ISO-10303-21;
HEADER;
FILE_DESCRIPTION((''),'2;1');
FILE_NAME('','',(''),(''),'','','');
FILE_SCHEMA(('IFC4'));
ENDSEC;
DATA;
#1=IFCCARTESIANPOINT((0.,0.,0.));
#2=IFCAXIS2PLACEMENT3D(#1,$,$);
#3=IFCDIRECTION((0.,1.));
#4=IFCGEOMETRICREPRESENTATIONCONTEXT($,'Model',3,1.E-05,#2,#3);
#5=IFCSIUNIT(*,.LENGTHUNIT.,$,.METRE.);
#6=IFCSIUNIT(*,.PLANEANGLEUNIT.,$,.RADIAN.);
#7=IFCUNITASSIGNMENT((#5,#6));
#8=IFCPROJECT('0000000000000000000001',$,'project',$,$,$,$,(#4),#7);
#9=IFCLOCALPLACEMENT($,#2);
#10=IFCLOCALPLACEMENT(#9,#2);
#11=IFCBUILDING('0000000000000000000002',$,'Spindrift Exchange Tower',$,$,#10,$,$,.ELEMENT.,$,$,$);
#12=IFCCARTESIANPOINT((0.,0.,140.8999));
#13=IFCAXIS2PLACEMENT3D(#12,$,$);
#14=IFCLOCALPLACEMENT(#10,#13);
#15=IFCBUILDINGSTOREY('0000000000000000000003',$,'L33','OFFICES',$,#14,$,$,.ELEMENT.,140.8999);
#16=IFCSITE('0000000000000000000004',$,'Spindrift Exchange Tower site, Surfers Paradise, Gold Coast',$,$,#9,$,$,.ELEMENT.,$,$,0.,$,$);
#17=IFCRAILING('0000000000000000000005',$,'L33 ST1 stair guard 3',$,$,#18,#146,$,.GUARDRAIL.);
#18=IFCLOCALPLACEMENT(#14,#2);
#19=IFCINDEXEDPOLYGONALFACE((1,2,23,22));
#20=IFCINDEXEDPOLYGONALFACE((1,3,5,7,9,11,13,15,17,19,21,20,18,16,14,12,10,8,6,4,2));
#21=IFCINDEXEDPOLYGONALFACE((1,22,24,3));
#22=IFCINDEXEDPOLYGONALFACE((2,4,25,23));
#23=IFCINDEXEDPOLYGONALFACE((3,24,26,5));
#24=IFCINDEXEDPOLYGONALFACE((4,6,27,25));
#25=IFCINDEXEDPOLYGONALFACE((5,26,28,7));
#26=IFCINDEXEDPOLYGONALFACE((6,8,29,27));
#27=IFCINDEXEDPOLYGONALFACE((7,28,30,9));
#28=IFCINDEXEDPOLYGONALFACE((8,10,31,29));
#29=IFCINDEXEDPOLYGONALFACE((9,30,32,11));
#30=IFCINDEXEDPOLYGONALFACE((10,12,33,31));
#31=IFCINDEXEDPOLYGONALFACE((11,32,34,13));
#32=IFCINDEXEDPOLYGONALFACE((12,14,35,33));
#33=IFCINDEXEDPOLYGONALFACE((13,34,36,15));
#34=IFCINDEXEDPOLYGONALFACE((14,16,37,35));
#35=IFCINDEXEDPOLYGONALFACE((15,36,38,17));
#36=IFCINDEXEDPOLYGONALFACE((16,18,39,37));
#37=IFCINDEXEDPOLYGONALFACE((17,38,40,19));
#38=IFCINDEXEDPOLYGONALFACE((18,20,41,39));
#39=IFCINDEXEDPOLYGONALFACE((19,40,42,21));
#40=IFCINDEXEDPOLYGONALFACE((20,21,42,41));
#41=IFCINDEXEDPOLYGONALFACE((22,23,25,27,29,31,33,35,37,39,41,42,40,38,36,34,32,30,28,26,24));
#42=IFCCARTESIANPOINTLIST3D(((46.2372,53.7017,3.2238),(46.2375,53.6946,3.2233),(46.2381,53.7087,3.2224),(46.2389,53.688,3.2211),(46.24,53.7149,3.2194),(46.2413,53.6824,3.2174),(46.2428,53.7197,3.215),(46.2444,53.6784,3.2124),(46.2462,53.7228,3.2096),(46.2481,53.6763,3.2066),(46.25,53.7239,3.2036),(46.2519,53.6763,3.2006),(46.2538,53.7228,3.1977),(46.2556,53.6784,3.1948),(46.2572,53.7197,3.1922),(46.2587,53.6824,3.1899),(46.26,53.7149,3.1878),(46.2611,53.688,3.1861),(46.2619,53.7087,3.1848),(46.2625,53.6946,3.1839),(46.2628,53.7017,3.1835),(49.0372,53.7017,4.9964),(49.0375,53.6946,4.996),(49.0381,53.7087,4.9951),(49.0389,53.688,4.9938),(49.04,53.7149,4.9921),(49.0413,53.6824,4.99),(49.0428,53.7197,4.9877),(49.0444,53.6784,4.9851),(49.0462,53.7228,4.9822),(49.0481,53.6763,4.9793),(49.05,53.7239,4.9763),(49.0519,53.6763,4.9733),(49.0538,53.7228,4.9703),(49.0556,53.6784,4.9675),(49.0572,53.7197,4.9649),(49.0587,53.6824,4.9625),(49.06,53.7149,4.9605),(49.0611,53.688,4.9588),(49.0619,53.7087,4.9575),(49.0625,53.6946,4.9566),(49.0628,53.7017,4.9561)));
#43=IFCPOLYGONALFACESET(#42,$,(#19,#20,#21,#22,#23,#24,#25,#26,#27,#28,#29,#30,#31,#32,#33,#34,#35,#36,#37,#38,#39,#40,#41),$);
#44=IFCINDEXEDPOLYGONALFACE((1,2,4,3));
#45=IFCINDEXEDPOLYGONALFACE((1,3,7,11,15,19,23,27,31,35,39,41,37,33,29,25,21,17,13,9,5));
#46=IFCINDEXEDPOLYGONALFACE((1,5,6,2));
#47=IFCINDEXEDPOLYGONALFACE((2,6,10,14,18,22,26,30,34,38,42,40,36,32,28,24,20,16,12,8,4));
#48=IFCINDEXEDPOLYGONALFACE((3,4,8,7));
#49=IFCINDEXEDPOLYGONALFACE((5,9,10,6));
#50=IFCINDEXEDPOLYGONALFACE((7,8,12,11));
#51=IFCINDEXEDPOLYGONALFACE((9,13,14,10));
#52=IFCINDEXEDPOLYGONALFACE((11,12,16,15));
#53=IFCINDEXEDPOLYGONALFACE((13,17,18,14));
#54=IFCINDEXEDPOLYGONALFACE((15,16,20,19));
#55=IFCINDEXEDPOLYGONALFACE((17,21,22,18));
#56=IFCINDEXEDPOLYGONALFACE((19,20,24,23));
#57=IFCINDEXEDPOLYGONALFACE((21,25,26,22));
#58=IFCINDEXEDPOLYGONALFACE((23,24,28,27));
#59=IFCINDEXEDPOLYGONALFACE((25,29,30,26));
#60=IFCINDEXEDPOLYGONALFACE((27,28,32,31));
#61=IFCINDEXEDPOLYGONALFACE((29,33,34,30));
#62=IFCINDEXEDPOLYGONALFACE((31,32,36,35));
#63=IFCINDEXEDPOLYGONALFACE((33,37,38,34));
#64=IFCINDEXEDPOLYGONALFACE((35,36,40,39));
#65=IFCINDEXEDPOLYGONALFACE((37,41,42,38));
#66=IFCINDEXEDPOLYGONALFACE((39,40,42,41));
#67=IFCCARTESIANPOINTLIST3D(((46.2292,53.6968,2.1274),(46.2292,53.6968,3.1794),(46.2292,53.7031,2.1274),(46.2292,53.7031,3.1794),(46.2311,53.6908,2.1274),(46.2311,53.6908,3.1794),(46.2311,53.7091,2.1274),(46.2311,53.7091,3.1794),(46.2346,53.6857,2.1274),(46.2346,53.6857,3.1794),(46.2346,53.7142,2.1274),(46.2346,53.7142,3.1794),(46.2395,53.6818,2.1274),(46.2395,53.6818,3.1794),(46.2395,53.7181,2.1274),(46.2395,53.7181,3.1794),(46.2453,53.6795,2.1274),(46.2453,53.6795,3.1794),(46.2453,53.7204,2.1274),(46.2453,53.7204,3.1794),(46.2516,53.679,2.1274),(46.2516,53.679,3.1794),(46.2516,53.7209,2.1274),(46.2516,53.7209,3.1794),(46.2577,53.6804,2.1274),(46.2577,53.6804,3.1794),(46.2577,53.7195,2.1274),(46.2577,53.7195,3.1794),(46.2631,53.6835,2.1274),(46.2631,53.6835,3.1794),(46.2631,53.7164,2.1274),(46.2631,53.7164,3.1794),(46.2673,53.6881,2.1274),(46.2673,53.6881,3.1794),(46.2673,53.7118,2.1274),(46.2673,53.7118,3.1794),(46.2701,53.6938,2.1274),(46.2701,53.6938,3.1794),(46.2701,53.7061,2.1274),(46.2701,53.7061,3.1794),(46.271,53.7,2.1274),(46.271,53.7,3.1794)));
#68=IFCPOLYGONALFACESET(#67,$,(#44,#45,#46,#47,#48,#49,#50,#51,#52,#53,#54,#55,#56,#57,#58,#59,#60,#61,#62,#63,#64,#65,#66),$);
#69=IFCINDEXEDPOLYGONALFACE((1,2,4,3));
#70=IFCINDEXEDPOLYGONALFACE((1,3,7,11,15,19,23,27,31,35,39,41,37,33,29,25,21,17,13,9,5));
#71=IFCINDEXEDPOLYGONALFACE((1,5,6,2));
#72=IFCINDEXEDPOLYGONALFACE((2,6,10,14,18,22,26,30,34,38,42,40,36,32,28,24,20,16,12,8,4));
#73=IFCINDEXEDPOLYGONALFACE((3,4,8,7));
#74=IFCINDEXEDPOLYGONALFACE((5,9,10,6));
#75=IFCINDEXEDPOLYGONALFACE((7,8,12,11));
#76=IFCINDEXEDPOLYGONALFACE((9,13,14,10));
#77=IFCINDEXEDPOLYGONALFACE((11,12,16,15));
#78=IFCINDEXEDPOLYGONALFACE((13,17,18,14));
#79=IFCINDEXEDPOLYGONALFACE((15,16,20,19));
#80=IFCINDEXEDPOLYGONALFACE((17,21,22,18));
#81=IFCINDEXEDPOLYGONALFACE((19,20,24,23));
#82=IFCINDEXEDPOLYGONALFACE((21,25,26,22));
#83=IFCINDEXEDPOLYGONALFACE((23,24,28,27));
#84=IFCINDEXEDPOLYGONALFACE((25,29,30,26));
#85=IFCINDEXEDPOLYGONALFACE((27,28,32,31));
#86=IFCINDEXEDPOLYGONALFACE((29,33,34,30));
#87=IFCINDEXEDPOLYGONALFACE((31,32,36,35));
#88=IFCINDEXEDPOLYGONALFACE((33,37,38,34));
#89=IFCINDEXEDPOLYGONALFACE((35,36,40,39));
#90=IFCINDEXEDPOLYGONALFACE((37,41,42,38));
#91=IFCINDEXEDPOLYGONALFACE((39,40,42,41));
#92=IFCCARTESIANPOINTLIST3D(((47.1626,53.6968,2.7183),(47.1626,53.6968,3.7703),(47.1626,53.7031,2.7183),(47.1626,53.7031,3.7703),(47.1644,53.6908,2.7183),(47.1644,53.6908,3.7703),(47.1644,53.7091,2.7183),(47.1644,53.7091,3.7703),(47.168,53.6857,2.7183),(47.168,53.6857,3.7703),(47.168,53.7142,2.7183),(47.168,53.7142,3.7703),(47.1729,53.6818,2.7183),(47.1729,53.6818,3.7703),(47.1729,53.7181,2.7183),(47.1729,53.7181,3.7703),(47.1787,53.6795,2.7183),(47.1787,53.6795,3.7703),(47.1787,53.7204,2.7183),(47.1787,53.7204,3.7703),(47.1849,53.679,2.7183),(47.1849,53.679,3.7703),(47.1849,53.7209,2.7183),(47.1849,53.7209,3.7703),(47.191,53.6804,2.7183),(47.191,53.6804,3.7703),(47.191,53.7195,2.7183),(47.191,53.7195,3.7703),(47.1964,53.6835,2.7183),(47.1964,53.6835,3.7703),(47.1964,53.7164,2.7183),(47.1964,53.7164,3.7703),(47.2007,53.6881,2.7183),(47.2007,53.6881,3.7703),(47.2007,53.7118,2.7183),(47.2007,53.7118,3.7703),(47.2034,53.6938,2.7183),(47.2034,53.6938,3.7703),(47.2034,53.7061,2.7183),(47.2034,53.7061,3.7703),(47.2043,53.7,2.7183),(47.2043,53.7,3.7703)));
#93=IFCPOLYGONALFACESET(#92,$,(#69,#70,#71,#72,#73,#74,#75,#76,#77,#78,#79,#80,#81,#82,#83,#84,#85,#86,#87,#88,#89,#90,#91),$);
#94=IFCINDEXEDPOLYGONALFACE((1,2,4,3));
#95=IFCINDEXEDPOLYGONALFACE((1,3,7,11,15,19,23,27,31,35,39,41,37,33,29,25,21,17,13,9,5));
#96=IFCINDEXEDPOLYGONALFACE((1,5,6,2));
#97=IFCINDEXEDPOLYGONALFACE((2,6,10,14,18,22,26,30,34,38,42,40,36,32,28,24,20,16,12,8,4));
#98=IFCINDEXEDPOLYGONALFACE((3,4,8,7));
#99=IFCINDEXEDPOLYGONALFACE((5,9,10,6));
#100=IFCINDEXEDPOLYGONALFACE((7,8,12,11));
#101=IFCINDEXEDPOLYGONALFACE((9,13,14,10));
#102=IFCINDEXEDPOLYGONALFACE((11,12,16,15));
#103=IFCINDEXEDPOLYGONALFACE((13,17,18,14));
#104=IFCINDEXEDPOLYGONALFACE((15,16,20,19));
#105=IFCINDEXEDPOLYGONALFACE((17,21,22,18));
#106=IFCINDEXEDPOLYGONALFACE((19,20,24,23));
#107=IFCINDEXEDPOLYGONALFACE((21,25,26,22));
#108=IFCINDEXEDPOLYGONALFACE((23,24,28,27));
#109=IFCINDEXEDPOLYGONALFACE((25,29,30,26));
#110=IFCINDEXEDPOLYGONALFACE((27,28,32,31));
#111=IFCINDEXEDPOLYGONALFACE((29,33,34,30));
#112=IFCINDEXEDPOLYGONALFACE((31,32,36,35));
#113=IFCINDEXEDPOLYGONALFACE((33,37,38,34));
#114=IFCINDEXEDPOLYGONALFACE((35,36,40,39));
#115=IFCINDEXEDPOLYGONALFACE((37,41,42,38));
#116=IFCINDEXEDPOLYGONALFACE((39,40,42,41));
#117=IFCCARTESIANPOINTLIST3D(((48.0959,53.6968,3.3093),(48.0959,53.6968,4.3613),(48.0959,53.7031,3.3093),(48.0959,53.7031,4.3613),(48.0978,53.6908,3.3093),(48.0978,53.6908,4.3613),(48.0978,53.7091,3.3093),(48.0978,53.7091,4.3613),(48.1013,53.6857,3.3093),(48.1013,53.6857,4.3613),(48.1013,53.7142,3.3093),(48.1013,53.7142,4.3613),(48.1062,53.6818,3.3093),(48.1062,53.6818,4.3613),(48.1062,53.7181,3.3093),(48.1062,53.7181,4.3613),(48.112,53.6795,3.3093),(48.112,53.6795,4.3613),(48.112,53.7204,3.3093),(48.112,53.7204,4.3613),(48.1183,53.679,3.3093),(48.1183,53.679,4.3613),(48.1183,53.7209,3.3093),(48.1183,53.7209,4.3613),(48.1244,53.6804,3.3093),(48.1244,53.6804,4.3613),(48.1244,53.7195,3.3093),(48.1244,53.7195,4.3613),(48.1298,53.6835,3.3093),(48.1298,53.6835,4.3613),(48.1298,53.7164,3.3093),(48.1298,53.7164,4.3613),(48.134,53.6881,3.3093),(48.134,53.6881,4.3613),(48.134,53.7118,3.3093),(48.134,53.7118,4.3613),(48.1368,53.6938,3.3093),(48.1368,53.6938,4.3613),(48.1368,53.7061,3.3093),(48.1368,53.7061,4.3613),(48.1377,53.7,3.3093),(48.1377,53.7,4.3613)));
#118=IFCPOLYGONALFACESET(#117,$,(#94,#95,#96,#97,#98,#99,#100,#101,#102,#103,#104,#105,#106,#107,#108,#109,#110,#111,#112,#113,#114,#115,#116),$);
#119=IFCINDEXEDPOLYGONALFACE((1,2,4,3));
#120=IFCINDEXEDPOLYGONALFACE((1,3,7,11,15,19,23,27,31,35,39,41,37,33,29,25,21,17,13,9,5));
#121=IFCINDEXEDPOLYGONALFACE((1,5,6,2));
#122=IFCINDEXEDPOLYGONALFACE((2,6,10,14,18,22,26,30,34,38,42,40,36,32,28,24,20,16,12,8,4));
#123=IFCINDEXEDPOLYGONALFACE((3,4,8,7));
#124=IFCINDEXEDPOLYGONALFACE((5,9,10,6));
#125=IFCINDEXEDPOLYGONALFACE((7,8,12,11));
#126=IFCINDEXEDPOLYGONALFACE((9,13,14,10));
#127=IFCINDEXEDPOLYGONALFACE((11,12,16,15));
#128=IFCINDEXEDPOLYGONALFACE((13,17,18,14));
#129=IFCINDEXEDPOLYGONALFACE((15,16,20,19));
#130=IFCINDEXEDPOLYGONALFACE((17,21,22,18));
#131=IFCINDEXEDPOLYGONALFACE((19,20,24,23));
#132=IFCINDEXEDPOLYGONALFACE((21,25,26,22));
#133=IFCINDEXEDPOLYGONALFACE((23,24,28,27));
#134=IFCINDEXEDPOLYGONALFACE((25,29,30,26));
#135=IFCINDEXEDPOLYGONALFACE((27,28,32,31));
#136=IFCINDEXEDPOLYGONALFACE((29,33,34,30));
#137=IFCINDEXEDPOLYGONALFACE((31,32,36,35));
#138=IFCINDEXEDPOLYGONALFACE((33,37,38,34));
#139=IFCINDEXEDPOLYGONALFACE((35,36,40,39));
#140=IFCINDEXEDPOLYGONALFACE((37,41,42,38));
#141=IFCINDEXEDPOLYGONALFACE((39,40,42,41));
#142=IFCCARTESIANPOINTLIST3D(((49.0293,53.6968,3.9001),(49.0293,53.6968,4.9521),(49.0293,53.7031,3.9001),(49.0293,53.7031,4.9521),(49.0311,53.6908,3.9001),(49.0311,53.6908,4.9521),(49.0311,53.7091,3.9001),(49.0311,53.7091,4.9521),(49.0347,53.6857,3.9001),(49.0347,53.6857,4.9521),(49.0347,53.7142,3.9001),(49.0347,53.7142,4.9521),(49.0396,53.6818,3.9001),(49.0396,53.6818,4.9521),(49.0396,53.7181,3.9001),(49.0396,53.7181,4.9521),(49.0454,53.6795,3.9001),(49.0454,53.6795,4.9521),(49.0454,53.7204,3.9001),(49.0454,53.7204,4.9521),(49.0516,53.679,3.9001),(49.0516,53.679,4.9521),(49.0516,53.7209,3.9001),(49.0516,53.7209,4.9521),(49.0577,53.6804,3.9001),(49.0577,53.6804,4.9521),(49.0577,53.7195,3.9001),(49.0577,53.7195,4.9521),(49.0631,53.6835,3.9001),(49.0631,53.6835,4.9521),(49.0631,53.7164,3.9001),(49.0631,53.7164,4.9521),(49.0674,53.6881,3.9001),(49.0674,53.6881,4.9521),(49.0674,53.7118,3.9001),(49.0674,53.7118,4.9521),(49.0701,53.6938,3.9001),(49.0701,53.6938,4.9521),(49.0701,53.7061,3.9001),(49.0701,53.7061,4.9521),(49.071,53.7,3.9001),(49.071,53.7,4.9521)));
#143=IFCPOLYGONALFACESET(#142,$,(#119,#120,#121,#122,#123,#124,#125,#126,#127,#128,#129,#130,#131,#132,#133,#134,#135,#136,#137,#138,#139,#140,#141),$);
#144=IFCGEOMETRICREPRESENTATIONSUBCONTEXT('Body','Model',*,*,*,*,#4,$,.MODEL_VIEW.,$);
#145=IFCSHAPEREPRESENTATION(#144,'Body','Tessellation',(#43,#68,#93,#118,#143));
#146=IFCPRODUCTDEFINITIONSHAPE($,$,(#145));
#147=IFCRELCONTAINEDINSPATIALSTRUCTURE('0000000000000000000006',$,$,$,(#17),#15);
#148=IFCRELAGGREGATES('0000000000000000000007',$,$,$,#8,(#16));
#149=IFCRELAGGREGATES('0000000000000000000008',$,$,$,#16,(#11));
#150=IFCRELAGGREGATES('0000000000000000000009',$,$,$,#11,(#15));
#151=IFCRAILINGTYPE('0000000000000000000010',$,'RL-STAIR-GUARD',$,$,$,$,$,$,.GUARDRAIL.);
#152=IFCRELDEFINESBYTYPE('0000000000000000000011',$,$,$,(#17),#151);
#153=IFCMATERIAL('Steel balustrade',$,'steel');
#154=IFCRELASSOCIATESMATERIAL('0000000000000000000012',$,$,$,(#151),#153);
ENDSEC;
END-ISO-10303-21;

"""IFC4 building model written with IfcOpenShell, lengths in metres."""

from ifc_helpers import new_model, si_unit, direction, frame, origin, origin_2d, place, context, subcontext, project, spatial, circle, extrude, material, type_object, element, save


model = new_model("IFC4")

# Units and contexts
model_context = context("Model", 3, precision=1e-05, world=origin(), true_north=direction((0.0, 1.0)))
body_context = subcontext(model_context, "Body", "Model", "MODEL_VIEW")
ifc_project = project(units=[si_unit("LENGTHUNIT", "METRE"), si_unit("PLANEANGLEUNIT", "RADIAN")], contexts=[model_context])

# Site, building, storey
site_placement = place(None, origin())
site = spatial("IfcSite", under=ifc_project, at=site_placement, Name="Spindrift Exchange Tower site, Surfers Paradise, Gold Coast", CompositionType="ELEMENT", RefElevation=0.0)
building_placement = place(site_placement, origin())
building = spatial("IfcBuilding", under=site, at=building_placement, Name="Spindrift Exchange Tower", CompositionType="ELEMENT")
storey_placement = place(building_placement, frame((0.0, 0.0, 140.8999)))
storey = spatial("IfcBuildingStorey", under=building, at=storey_placement, Name="L33", Description="OFFICES", CompositionType="ELEMENT", Elevation=140.8999)

# Railing
ifc_material_1 = material(Name="Steel balustrade", Category="steel")
railing_type_1 = type_object("IfcRailingType", Name="RL-STAIR-GUARD", PredefinedType="GUARDRAIL", material=ifc_material_1)
railing_1_placement = place(storey_placement, frame((46.25, 53.7, 2.1274)))
element("IfcRailing", 1, at=railing_1_placement, inside=storey, type_object=railing_type_1, Name="L33 ST1 stair guard 3", PredefinedType="GUARDRAIL", context=body_context, shape_type="SweptSolid", body=[
    extrude(circle(Radius=0.0239, at=origin_2d()), frame((0.0, 0.0, 1.0762), z_axis=(0.844909, 0.0, 0.53491), x_axis=(0.0, 1.0, 0.0)), (0.0, 0.0, 1.0), 3.314),
    extrude(circle(Radius=0.021, at=origin_2d()), origin(), (0.0, 0.0, 1.0), 1.052),
    extrude(circle(Radius=0.021, at=origin_2d()), frame((0.9333, 0.0, 0.5908)), (0.0, 0.0, 1.0), 1.052),
    extrude(circle(Radius=0.021, at=origin_2d()), frame((1.8667, 0.0, 1.1819)), (0.0, 0.0, 1.0), 1.052),
    extrude(circle(Radius=0.021, at=origin_2d()), frame((2.8, 0.0, 1.7727)), (0.0, 0.0, 1.0), 1.052),
])

save(model, "model.ifc")
